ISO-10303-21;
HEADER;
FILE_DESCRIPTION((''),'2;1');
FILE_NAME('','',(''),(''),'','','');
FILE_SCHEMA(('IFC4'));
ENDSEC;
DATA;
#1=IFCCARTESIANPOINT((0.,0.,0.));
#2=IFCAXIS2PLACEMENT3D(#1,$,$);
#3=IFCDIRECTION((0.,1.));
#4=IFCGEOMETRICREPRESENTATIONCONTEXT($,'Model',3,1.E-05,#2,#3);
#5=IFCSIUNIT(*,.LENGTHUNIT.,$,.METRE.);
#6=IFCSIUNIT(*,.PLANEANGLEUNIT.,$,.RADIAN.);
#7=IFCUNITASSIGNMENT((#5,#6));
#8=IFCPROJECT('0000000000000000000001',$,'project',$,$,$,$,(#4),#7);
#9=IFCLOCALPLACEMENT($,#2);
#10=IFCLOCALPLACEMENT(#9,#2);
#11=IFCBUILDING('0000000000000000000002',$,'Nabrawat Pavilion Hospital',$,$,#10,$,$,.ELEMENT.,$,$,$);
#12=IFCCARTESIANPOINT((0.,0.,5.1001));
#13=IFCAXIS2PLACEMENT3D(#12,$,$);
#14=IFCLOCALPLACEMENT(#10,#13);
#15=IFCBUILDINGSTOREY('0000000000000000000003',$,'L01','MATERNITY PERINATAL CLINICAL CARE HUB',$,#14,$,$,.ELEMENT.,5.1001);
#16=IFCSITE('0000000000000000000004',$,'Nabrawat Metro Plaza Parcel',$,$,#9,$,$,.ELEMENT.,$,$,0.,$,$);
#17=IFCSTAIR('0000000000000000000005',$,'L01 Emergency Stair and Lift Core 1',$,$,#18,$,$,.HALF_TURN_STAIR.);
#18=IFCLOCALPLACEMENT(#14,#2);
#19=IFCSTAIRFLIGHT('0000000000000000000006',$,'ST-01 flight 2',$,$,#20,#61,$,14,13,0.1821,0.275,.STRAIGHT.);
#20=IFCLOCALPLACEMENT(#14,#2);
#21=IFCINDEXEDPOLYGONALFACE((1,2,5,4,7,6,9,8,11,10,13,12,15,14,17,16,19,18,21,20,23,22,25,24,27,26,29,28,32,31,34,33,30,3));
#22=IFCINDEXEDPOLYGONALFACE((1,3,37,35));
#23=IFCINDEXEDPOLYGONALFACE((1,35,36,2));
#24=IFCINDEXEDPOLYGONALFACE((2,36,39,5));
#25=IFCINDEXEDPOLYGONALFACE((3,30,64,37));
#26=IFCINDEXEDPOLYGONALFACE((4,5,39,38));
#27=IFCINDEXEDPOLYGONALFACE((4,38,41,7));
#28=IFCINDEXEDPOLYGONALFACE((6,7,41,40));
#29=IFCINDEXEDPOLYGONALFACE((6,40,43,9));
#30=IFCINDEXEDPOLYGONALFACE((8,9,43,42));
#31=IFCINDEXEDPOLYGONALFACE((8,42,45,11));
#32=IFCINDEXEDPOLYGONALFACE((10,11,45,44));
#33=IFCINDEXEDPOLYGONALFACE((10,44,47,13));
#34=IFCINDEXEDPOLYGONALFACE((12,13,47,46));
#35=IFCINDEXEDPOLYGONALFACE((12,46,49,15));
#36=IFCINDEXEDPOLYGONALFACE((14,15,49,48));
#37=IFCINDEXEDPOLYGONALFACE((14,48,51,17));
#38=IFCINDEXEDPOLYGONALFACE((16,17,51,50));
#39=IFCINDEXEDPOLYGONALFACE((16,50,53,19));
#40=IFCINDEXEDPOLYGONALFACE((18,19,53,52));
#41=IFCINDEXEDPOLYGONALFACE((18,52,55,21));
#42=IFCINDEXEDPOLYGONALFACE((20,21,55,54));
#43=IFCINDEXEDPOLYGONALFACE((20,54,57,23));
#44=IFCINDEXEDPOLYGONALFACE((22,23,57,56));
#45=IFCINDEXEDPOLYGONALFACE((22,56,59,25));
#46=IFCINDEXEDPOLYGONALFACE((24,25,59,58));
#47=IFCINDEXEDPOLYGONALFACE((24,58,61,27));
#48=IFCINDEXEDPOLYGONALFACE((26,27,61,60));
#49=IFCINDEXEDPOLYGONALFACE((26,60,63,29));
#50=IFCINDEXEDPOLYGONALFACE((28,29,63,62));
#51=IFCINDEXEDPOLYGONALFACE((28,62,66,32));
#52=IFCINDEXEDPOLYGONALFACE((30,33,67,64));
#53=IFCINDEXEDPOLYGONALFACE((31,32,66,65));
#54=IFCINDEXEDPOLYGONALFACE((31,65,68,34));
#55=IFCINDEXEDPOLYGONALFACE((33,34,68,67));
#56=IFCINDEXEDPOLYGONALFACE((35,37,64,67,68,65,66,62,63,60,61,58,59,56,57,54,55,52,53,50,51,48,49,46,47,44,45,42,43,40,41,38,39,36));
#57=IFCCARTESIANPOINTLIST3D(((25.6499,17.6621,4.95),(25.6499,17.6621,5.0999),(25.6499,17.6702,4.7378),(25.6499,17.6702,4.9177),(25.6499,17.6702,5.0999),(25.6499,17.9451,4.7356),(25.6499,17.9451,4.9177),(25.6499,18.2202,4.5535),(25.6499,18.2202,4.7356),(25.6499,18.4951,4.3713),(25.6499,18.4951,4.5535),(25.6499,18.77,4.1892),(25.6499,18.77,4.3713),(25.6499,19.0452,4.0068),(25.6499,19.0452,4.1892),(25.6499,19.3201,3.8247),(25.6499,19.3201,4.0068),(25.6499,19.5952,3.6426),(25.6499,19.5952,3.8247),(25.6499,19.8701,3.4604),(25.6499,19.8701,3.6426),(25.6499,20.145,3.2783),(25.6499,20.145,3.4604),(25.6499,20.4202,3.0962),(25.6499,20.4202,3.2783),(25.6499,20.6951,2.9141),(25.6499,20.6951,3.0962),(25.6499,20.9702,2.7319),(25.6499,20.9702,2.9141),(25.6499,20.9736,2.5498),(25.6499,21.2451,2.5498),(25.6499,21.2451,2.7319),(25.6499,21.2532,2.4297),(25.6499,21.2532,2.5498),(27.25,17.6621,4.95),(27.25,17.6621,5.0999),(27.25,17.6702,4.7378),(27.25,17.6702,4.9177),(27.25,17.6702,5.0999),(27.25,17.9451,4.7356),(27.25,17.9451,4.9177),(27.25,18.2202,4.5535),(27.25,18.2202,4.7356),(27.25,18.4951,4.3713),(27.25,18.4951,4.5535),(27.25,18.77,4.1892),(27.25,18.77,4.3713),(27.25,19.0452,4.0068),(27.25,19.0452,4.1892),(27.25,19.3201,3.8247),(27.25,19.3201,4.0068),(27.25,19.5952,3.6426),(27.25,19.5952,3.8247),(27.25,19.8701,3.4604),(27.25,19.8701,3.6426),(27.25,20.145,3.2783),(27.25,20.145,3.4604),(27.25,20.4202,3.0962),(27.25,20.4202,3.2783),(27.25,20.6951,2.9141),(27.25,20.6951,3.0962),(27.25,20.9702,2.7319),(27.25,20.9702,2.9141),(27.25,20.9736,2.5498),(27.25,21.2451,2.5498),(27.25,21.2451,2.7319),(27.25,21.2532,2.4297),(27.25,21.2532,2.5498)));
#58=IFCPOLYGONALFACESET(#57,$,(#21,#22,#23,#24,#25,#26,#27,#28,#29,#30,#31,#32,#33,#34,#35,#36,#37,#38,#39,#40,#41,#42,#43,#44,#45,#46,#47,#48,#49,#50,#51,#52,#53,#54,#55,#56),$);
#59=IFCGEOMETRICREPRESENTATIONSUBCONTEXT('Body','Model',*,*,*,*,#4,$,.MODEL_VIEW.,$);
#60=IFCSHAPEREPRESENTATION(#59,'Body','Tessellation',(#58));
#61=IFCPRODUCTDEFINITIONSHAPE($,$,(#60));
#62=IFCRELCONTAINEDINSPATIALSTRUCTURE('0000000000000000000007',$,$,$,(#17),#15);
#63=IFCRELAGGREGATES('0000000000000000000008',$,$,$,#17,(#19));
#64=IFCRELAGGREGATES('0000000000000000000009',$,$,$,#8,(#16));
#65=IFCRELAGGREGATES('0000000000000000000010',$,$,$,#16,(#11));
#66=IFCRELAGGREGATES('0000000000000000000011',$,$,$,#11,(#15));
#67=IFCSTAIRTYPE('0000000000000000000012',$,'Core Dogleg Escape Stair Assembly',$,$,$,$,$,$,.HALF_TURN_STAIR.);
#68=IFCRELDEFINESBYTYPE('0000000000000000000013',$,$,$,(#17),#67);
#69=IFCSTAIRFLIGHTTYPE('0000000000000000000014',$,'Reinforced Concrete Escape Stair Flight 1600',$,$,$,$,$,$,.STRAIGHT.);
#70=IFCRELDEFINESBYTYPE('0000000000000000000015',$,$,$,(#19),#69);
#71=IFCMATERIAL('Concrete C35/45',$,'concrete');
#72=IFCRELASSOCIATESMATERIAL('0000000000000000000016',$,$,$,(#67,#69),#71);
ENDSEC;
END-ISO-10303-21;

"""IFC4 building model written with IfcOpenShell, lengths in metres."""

from ifc_helpers import new_model, si_unit, direction, frame, origin, place, context, subcontext, project, spatial, polyline, outline, extrude, material, type_object, element, aggregate, save


model = new_model("IFC4")

# Units and contexts
model_context = context("Model", 3, precision=1e-05, world=origin(), true_north=direction((0.0, 1.0)))
body_context = subcontext(model_context, "Body", "Model", "MODEL_VIEW")
ifc_project = project(units=[si_unit("LENGTHUNIT", "METRE"), si_unit("PLANEANGLEUNIT", "RADIAN")], contexts=[model_context])

# Site, building, storey
site_placement = place(None, origin())
site = spatial("IfcSite", under=ifc_project, at=site_placement, Name="Nabrawat Metro Plaza Parcel", CompositionType="ELEMENT", RefElevation=0.0)
building_placement = place(site_placement, origin())
building = spatial("IfcBuilding", under=site, at=building_placement, Name="Nabrawat Pavilion Hospital", CompositionType="ELEMENT")
storey_placement = place(building_placement, frame((0.0, 0.0, 5.1001)))
storey = spatial("IfcBuildingStorey", under=building, at=storey_placement, Name="L01", Description="MATERNITY PERINATAL CLINICAL CARE HUB", CompositionType="ELEMENT", Elevation=5.1001)

# Shared definitions
ifc_material_1 = material(Name="Concrete C35/45", Category="concrete")

# Stair, stair flight
stair_type = type_object("IfcStairType", Name="Core Dogleg Escape Stair Assembly", PredefinedType="HALF_TURN_STAIR", material=ifc_material_1)
stair_placement = place(storey_placement, origin())
stair = element("IfcStair", 1, at=stair_placement, inside=storey, type_object=stair_type, Name="L01 Emergency Stair and Lift Core 1", PredefinedType="HALF_TURN_STAIR")
stair_flight_type = type_object("IfcStairFlightType", Name="Reinforced Concrete Escape Stair Flight 1600", PredefinedType="STRAIGHT", material=ifc_material_1)
stair_flight_1_placement = place(storey_placement, frame((26.45, 21.2451, 2.5498), z_axis=(0.0, 0.0, 1.0), x_axis=(0.0, -1.0, 0.0)))
stair_flight_1 = element("IfcStairFlight", 2, at=stair_flight_1_placement, type_object=stair_flight_type, Name="ST-01 flight 2", NumberOfRisers=14, NumberOfTreads=13, PredefinedType="STRAIGHT", RiserHeight=0.1821, TreadLength=0.275, context=body_context, shape_type="SweptSolid", body=[
    extrude(outline(polyline([(-0.0081, 0.0), (0.0, 0.0), (0.0, 0.1821), (0.2749, 0.1821), (0.2749, 0.3643), (0.55, 0.3643), (0.55, 0.5464), (0.825, 0.5464), (0.825, 0.7285), (1.1001, 0.7285), (1.1001, 0.9106), (1.375, 0.9106), (1.375, 1.0928), (1.6499, 1.0928), (1.6499, 1.2749), (1.925, 1.2749), (1.925, 1.457), (2.2, 1.457), (2.2, 1.6394), (2.4751, 1.6394), (2.4751, 1.8215), (2.75, 1.8215), (2.75, 2.0037), (3.0249, 2.0037), (3.0249, 2.1858), (3.3, 2.1858), (3.3, 2.3679), (3.575, 2.3679), (3.575, 2.55), (3.583, 2.55), (3.583, 2.4001), (3.575, 2.188), (0.2715, 0.0), (-0.0081, -0.1201), (-0.0081, 0.0)])), frame((0.0, 0.8, 0.0), z_axis=(0.0, -1.0, 0.0), x_axis=(1.0, 0.0, 0.0)), (0.0, 0.0, 1.0), 1.6001),
])
aggregate(stair, [stair_flight_1])

save(model, "model.ifc")
